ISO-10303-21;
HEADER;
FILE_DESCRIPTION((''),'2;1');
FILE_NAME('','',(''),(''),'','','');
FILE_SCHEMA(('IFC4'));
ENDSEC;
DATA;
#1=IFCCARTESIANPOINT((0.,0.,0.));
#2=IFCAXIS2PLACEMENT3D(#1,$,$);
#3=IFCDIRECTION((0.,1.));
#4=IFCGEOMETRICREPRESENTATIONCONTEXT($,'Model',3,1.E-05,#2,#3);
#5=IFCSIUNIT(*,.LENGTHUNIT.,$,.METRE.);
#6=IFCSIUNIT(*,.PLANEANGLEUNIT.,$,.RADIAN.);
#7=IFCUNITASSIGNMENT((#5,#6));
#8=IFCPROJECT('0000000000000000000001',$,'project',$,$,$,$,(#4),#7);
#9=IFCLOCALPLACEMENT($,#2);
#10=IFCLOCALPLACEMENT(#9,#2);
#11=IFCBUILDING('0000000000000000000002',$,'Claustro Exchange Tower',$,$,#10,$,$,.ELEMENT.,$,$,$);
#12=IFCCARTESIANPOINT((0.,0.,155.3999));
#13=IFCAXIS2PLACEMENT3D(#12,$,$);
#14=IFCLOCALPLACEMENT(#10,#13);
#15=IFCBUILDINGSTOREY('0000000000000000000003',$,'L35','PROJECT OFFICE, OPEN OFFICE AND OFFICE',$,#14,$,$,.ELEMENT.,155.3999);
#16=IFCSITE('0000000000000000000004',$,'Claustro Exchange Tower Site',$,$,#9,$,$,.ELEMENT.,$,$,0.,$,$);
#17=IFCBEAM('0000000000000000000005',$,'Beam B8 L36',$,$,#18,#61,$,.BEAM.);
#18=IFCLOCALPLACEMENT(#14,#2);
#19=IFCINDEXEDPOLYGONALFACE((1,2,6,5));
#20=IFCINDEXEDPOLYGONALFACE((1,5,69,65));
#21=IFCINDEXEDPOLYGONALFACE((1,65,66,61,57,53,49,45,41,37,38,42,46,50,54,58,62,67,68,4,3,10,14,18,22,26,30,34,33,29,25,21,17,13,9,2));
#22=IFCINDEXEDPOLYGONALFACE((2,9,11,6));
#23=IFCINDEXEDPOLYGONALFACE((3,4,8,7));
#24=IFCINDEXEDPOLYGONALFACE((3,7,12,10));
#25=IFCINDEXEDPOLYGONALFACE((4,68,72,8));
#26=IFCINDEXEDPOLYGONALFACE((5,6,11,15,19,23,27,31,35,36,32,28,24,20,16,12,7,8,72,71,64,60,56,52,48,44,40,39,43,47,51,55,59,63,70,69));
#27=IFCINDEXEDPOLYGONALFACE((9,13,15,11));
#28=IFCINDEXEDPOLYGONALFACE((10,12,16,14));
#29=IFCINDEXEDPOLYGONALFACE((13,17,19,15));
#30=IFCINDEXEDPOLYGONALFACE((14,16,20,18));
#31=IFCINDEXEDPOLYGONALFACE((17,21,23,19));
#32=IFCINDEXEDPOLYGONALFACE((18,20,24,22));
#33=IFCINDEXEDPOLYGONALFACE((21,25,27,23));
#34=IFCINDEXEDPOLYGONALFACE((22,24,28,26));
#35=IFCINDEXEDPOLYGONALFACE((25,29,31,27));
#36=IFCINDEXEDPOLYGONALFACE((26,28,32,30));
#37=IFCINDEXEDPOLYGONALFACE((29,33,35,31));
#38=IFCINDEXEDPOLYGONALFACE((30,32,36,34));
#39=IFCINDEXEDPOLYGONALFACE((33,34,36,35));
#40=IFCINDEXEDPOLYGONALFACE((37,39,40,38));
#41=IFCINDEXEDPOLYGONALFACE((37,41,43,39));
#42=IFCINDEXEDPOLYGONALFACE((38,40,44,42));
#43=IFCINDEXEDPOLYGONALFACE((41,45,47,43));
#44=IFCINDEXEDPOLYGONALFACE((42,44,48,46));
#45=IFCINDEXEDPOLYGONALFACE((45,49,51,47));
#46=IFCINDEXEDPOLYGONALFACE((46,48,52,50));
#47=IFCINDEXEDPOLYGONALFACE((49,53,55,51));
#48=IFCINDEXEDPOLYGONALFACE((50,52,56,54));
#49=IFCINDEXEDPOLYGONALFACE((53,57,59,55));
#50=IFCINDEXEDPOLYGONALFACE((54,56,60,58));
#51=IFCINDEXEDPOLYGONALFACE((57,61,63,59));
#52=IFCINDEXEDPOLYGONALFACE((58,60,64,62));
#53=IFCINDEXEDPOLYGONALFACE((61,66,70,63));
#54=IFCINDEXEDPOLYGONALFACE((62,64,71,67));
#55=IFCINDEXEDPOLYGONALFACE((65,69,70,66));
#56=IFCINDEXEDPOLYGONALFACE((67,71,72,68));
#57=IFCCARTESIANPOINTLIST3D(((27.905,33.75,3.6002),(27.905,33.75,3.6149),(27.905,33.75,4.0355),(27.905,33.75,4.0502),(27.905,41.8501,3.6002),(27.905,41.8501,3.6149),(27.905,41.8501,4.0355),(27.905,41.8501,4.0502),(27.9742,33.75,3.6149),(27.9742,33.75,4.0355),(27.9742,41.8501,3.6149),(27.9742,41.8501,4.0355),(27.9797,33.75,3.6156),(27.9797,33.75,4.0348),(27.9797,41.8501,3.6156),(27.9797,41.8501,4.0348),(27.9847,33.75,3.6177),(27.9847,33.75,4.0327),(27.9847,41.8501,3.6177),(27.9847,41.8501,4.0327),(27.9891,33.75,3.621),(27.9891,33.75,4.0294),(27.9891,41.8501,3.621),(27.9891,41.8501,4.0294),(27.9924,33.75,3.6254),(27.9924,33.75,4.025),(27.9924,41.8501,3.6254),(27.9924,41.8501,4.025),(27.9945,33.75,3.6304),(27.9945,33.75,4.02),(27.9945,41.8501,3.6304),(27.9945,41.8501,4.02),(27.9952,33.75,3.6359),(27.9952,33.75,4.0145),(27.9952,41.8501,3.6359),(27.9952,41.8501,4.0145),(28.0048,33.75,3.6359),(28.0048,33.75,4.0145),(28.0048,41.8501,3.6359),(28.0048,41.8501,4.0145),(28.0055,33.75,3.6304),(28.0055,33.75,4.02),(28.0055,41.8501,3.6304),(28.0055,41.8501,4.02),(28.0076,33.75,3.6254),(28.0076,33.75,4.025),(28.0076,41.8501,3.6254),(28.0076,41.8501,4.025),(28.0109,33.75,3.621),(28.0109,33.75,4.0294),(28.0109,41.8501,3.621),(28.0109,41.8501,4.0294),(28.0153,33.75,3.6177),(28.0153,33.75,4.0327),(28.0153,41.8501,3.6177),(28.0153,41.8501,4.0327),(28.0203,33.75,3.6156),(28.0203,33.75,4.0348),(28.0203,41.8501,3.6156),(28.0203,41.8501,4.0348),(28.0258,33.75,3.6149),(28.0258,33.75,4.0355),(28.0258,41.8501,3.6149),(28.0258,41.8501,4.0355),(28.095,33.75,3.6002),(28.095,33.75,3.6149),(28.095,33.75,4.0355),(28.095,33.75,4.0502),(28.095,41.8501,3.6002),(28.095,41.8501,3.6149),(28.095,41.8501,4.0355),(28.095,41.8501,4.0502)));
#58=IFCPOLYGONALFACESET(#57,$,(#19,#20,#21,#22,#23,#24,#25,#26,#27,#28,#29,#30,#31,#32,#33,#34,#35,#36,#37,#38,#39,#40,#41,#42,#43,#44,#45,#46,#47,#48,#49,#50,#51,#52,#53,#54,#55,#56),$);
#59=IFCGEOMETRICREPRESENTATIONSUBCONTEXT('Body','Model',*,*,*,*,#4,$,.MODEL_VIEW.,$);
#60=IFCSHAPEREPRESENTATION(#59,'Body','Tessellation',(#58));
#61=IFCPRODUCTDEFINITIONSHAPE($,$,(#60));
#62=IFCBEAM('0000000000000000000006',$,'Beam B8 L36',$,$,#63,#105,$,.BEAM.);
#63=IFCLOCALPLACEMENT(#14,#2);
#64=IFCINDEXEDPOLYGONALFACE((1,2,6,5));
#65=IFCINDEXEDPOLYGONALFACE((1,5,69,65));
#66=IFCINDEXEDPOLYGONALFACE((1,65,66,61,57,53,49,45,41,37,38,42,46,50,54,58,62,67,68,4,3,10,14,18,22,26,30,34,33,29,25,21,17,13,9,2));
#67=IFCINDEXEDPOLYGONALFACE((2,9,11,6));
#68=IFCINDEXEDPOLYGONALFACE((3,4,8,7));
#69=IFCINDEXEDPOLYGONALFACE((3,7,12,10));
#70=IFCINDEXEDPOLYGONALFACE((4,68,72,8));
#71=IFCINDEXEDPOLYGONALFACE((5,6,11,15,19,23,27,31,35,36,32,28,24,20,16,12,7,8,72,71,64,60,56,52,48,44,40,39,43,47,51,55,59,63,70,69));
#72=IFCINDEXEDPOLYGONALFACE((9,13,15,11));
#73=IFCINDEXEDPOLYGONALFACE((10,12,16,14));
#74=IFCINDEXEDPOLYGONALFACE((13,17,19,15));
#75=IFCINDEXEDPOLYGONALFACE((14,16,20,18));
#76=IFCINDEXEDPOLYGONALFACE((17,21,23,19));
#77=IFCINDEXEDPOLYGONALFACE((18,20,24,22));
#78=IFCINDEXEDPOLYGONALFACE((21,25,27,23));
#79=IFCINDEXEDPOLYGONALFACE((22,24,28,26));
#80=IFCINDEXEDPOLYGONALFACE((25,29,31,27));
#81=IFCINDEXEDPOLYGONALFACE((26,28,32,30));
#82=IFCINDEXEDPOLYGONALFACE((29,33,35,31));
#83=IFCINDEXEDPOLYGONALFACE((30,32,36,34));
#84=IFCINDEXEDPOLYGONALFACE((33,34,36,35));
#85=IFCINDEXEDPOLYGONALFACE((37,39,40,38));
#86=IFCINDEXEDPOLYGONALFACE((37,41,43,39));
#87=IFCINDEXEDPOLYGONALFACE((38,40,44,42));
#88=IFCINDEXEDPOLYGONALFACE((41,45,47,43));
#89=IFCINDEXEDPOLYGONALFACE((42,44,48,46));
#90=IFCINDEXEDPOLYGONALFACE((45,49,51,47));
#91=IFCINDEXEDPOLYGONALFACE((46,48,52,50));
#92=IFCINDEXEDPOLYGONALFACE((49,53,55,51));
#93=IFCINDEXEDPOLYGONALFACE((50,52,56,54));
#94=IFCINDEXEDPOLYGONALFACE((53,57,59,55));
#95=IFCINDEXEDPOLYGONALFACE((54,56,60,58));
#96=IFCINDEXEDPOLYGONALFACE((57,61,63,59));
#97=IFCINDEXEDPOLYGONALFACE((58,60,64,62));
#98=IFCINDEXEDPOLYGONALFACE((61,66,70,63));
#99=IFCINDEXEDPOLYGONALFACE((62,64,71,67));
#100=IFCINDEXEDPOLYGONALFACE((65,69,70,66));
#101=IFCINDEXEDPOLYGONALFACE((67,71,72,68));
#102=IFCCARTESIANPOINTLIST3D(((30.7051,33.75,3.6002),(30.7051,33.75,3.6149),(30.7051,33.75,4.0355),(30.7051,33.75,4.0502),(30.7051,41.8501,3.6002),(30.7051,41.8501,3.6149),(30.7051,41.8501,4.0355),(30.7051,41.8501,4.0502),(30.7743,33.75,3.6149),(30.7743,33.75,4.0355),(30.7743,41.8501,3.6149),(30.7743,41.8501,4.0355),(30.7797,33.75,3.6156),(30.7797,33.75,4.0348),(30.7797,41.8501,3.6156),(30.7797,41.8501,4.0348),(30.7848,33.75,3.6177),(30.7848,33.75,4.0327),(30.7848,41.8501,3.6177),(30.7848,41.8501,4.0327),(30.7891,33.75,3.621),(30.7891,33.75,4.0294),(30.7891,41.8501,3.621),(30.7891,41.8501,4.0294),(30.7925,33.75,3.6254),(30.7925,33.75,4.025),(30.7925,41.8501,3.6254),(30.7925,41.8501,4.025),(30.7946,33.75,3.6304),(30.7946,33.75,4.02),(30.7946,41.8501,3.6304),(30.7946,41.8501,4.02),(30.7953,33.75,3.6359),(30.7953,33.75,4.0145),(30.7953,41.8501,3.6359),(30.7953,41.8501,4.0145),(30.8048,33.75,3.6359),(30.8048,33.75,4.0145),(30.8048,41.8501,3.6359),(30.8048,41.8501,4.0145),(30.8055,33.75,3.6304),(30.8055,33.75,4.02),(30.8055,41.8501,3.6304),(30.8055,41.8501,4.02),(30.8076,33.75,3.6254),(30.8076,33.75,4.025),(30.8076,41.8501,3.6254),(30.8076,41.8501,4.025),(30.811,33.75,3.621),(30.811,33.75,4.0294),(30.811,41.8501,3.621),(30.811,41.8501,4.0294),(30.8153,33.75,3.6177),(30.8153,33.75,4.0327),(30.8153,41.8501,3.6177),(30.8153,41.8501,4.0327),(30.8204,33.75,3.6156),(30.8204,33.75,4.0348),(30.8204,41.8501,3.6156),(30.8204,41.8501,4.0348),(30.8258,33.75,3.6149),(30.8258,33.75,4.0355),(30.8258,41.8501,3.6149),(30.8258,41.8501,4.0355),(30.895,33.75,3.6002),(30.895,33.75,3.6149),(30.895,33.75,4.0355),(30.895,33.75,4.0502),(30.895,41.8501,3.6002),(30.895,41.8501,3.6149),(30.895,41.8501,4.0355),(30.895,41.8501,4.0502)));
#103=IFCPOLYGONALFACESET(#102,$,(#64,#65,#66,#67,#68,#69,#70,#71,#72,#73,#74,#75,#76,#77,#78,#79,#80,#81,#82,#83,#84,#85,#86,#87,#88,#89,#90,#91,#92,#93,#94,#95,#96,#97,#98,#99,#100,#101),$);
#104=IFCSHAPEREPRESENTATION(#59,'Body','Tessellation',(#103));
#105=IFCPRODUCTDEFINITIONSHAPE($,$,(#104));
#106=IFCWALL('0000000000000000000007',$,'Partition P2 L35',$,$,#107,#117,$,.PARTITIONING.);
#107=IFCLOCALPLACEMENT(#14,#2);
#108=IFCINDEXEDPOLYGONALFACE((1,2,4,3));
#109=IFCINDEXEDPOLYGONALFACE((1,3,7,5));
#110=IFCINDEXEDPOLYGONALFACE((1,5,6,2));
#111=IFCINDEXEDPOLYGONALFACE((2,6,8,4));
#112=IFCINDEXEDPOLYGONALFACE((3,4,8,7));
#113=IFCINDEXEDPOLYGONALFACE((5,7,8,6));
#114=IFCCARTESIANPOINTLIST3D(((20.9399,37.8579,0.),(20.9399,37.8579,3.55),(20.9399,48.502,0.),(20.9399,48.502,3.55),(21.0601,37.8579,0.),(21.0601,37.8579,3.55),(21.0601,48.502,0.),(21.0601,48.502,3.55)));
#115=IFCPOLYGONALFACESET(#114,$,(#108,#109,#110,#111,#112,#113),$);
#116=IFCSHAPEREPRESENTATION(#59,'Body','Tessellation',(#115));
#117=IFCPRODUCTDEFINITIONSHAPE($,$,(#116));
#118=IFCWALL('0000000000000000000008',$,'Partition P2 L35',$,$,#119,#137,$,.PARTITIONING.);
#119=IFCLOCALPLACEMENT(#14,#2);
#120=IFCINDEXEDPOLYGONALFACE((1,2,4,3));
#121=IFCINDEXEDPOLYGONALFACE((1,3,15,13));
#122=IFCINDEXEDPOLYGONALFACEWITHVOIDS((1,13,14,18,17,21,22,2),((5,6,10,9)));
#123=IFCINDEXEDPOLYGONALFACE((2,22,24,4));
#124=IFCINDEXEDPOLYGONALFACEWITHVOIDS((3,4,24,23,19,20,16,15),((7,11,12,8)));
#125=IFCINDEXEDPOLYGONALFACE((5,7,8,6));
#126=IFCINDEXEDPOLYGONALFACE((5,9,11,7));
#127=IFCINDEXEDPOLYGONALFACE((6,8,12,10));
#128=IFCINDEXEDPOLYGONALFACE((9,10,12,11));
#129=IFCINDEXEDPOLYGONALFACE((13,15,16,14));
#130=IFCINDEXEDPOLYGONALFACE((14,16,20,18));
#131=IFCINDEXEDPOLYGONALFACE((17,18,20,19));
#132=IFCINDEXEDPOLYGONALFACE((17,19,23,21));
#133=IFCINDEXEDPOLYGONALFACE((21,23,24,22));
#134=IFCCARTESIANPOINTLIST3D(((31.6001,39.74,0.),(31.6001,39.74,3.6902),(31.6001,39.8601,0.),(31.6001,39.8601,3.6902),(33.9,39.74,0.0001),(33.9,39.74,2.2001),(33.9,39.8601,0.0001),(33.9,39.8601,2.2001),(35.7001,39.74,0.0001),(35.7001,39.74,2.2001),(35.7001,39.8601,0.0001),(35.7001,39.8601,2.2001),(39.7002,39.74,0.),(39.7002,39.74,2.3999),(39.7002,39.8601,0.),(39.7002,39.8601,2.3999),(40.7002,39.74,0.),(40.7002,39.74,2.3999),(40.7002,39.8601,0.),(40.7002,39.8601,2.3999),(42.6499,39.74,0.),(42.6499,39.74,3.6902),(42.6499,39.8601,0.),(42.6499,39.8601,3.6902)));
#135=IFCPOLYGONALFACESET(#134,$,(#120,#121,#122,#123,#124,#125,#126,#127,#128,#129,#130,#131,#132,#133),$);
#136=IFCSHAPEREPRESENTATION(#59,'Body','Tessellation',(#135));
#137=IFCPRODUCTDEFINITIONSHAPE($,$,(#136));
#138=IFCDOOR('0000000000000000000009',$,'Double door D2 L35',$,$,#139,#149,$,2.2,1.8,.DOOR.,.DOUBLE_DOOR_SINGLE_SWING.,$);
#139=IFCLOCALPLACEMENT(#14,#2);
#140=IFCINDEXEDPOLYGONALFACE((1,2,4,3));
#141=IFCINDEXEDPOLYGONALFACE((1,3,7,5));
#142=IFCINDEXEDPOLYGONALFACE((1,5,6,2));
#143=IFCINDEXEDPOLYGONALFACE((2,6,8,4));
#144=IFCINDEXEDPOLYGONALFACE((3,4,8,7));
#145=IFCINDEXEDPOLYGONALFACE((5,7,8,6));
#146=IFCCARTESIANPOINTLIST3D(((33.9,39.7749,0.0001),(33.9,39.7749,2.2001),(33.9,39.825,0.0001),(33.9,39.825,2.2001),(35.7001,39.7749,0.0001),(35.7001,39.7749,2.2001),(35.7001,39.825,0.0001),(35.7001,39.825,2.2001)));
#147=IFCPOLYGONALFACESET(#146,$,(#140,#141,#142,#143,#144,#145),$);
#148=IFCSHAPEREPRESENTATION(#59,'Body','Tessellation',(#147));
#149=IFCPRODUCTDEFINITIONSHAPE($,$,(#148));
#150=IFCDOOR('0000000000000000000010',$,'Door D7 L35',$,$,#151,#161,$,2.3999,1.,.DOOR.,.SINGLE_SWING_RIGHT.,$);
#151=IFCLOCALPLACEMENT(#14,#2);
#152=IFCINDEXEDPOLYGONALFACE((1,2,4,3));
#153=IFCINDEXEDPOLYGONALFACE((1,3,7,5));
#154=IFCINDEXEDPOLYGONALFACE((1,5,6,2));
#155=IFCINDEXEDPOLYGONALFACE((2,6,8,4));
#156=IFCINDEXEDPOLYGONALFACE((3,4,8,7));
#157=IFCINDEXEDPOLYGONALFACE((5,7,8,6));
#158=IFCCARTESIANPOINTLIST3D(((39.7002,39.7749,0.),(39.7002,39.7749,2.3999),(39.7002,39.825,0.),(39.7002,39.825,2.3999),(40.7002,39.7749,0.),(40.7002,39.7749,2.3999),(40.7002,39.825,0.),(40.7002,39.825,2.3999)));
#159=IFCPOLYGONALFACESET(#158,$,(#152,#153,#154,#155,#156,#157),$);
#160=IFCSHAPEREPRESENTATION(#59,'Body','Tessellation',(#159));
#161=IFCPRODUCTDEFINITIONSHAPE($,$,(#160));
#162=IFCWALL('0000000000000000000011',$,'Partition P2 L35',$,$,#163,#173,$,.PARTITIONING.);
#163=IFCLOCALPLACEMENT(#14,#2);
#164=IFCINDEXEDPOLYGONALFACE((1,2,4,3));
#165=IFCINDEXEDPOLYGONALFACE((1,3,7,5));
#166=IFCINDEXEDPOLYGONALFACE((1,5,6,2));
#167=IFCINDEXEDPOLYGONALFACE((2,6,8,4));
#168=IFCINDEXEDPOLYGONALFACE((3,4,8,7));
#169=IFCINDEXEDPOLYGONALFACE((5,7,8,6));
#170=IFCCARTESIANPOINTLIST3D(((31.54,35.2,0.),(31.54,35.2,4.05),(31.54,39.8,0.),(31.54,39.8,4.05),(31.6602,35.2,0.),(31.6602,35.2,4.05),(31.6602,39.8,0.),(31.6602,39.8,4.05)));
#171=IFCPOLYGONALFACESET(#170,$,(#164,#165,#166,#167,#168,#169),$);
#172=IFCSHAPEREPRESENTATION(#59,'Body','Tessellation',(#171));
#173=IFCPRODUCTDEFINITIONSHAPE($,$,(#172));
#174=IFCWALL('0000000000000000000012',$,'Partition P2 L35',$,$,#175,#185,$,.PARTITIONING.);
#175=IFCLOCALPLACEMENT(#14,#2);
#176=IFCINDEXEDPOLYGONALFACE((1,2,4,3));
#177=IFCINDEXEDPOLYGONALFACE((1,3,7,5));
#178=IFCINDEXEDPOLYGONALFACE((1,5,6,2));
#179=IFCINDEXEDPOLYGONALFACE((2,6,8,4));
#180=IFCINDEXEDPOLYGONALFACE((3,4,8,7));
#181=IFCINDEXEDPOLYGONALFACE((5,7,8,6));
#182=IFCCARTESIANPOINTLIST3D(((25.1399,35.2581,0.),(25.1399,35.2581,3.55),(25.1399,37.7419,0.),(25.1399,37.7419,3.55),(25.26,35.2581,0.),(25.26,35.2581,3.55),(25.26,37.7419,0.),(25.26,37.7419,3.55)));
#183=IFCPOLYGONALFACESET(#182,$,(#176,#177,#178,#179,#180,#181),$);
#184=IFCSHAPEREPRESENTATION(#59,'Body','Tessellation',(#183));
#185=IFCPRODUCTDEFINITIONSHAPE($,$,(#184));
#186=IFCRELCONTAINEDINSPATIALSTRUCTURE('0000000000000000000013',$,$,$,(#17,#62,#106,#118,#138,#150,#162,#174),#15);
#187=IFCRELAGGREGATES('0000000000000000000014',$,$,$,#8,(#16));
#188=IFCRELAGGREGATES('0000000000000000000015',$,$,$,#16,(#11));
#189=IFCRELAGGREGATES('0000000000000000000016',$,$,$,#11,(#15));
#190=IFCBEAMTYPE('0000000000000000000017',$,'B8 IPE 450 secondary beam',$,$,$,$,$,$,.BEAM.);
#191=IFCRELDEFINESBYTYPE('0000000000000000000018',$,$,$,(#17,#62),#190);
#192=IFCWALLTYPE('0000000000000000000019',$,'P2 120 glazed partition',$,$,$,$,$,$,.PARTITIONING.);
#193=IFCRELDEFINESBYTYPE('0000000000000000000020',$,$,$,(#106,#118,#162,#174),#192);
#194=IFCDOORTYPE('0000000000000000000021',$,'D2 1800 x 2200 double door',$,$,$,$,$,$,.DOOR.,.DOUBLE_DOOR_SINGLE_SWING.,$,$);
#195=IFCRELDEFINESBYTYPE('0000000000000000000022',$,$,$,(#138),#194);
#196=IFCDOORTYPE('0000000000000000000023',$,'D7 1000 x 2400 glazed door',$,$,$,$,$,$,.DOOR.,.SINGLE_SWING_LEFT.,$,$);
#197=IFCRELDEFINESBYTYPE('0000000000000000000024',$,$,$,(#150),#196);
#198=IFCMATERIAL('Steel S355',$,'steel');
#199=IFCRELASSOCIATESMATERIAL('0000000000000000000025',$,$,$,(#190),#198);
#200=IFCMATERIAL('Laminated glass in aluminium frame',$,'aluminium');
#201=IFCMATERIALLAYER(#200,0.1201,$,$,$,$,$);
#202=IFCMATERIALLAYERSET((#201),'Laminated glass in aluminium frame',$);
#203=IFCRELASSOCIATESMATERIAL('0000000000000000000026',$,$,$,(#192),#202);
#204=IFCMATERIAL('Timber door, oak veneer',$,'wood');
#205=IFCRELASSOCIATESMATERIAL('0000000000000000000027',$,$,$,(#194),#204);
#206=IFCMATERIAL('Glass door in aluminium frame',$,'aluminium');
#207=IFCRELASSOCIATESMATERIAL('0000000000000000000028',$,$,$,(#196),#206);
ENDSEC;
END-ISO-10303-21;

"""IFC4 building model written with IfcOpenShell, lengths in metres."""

from ifc_helpers import new_model, si_unit, direction, frame, frame_2d, origin, origin_2d, place, context, subcontext, project, spatial, rectangle, i_section, extrude, material, layer, layer_set, material_profile, profile_set, type_object, element, fill, save


model = new_model("IFC4")

# Units and contexts
model_context = context("Model", 3, precision=1e-05, world=origin(), true_north=direction((0.0, 1.0)))
body_context = subcontext(model_context, "Body", "Model", "MODEL_VIEW")
ifc_project = project(units=[si_unit("LENGTHUNIT", "METRE"), si_unit("PLANEANGLEUNIT", "RADIAN")], contexts=[model_context])

# Site, building, storey
site_placement = place(None, origin())
site = spatial("IfcSite", under=ifc_project, at=site_placement, Name="Claustro Exchange Tower Site", CompositionType="ELEMENT", RefElevation=0.0)
building_placement = place(site_placement, origin())
building = spatial("IfcBuilding", under=site, at=building_placement, Name="Claustro Exchange Tower", CompositionType="ELEMENT")
storey_placement = place(building_placement, frame((0.0, 0.0, 155.3999)))
storey = spatial("IfcBuildingStorey", under=building, at=storey_placement, Name="L35", Description="PROJECT OFFICE, OPEN OFFICE AND OFFICE", CompositionType="ELEMENT", Elevation=155.3999)

# Beams
ifc_material_1 = material(Name="Steel S355", Category="steel")
ifc_material_profile_1 = material_profile(ifc_material_1, i_section(OverallWidth=0.1899, OverallDepth=0.45, WebThickness=0.0095, FlangeThickness=0.0146, FilletRadius=0.021, at=origin_2d()), Name="IPE 450")
ifc_profile_set_1 = profile_set([ifc_material_profile_1], Name="Steel S355")
beam_type_1 = type_object("IfcBeamType", Name="B8 IPE 450 secondary beam", PredefinedType="BEAM", material=ifc_profile_set_1)
for number, where, z_axis, x_axis, name in (
    (1, (28.0, 33.75, 3.8252), (0.0, 1.0, 0.0), (-1.0, 0.0, 0.0), "Beam B8 L36"),
    (2, (30.8, 33.75, 3.8252), (0.0, 1.0, 0.0), (-1.0, 0.0, 0.0), "Beam B8 L36"),
):
    element("IfcBeam", number, at=place(storey_placement, frame(where, z_axis=z_axis, x_axis=x_axis)), inside=storey, type_object=beam_type_1, Name=name, PredefinedType="BEAM", context=body_context, shape_type="SweptSolid", body=[
        extrude(i_section(OverallWidth=0.1899, OverallDepth=0.45, WebThickness=0.0095, FlangeThickness=0.0146, FilletRadius=0.021, at=origin_2d()), origin(), (0.0, 0.0, 1.0), 8.1001),
    ])

# Wall
ifc_material_2 = material(Name="Laminated glass in aluminium frame", Category="aluminium")
ifc_layer_1 = layer(ifc_material_2, 0.1201)
ifc_layer_set_1 = layer_set([ifc_layer_1], Name="Laminated glass in aluminium frame")
wall_type_1 = type_object("IfcWallType", Name="P2 120 glazed partition", PredefinedType="PARTITIONING", material=ifc_layer_set_1)
wall_1_placement = place(storey_placement, frame((21.0, 37.8579, 0.0), z_axis=(0.0, 0.0, 1.0), x_axis=(0.0, 1.0, 0.0)))
element("IfcWall", 3, at=wall_1_placement, inside=storey, type_object=wall_type_1, Name="Partition P2 L35", PredefinedType="PARTITIONING", context=body_context, shape_type="SweptSolid", body=[
    extrude(rectangle(XDim=10.644, YDim=0.1201, at=frame_2d((5.322, 0.0))), origin(), (0.0, 0.0, 1.0), 3.55),
])

# Wall, openings, doors
wall_2_placement = place(storey_placement, frame((31.6001, 39.8, 0.0), z_axis=(0.0, 0.0, 1.0), x_axis=(1.0, 0.0, 0.0)))
wall_2 = element("IfcWall", 4, at=wall_2_placement, inside=storey, type_object=wall_type_1, Name="Partition P2 L35", PredefinedType="PARTITIONING", context=body_context, shape_type="SweptSolid", body=[
    extrude(rectangle(XDim=11.0498, YDim=0.1201, at=frame_2d((5.5249, 0.0))), origin(), (0.0, 0.0, 1.0), 3.6902),
])
opening_1_placement = place(wall_2_placement, frame((2.3, 0.0, 0.0)))
opening_1 = element("IfcOpeningElement", 5, at=opening_1_placement, cuts=wall_2, PredefinedType="OPENING", context=body_context, shape_type="SweptSolid", body=[
    extrude(rectangle(XDim=1.8, YDim=2.2, at=frame_2d((0.8999, 1.1001))), frame((0.0, 0.0701, 0.0), z_axis=(0.0, -1.0, 0.0), x_axis=(1.0, 0.0, 0.0)), (0.0, 0.0, 1.0), 0.1401),
])
opening_2_placement = place(wall_2_placement, frame((8.1001, 0.0, 0.0)))
opening_2 = element("IfcOpeningElement", 6, at=opening_2_placement, cuts=wall_2, PredefinedType="OPENING", context=body_context, shape_type="SweptSolid", body=[
    extrude(rectangle(XDim=1.0, YDim=2.3999, at=frame_2d((0.5, 1.2))), frame((0.0, 0.0701, 0.0), z_axis=(0.0, -1.0, 0.0), x_axis=(1.0, 0.0, 0.0)), (0.0, 0.0, 1.0), 0.1401),
])
ifc_material_3 = material(Name="Timber door, oak veneer", Category="wood")
door_type_1 = type_object("IfcDoorType", Name="D2 1800 x 2200 double door", OperationType="DOUBLE_DOOR_SINGLE_SWING", PredefinedType="DOOR", material=ifc_material_3)
door_1_placement = place(opening_1_placement, origin())
door_1 = element("IfcDoor", 7, at=door_1_placement, inside=storey, type_object=door_type_1, Name="Double door D2 L35", OperationType="DOUBLE_DOOR_SINGLE_SWING", OverallHeight=2.2, OverallWidth=1.8, PredefinedType="DOOR", context=body_context, shape_type="SweptSolid", body=[
    extrude(rectangle(XDim=1.8, YDim=2.2, at=frame_2d((0.8999, 1.1001))), frame((0.0, 0.0249, 0.0), z_axis=(0.0, -1.0, 0.0), x_axis=(1.0, 0.0, 0.0)), (0.0, 0.0, 1.0), 0.05),
])
fill(opening_1, door_1)
ifc_material_4 = material(Name="Glass door in aluminium frame", Category="aluminium")
door_type_2 = type_object("IfcDoorType", Name="D7 1000 x 2400 glazed door", OperationType="SINGLE_SWING_LEFT", PredefinedType="DOOR", material=ifc_material_4)
door_2_placement = place(opening_2_placement, origin())
door_2 = element("IfcDoor", 8, at=door_2_placement, inside=storey, type_object=door_type_2, Name="Door D7 L35", OperationType="SINGLE_SWING_RIGHT", OverallHeight=2.3999, OverallWidth=1.0, PredefinedType="DOOR", context=body_context, shape_type="SweptSolid", body=[
    extrude(rectangle(XDim=1.0, YDim=2.3999, at=frame_2d((0.5, 1.2))), frame((0.0, 0.0249, 0.0), z_axis=(0.0, -1.0, 0.0), x_axis=(1.0, 0.0, 0.0)), (0.0, 0.0, 1.0), 0.05),
])
fill(opening_2, door_2)

# Walls
wall_3_placement = place(storey_placement, frame((31.6001, 35.2, 0.0), z_axis=(0.0, 0.0, 1.0), x_axis=(0.0, 1.0, 0.0)))
element("IfcWall", 9, at=wall_3_placement, inside=storey, type_object=wall_type_1, Name="Partition P2 L35", PredefinedType="PARTITIONING", context=body_context, shape_type="SweptSolid", body=[
    extrude(rectangle(XDim=4.6001, YDim=0.1201, at=frame_2d((2.3, 0.0))), origin(), (0.0, 0.0, 1.0), 4.05),
])
wall_4_placement = place(storey_placement, frame((25.2, 35.2581, 0.0), z_axis=(0.0, 0.0, 1.0), x_axis=(0.0, 1.0, 0.0)))
element("IfcWall", 10, at=wall_4_placement, inside=storey, type_object=wall_type_1, Name="Partition P2 L35", PredefinedType="PARTITIONING", context=body_context, shape_type="SweptSolid", body=[
    extrude(rectangle(XDim=2.4839, YDim=0.1201, at=frame_2d((1.2419, 0.0))), origin(), (0.0, 0.0, 1.0), 3.55),
])

save(model, "model.ifc")
